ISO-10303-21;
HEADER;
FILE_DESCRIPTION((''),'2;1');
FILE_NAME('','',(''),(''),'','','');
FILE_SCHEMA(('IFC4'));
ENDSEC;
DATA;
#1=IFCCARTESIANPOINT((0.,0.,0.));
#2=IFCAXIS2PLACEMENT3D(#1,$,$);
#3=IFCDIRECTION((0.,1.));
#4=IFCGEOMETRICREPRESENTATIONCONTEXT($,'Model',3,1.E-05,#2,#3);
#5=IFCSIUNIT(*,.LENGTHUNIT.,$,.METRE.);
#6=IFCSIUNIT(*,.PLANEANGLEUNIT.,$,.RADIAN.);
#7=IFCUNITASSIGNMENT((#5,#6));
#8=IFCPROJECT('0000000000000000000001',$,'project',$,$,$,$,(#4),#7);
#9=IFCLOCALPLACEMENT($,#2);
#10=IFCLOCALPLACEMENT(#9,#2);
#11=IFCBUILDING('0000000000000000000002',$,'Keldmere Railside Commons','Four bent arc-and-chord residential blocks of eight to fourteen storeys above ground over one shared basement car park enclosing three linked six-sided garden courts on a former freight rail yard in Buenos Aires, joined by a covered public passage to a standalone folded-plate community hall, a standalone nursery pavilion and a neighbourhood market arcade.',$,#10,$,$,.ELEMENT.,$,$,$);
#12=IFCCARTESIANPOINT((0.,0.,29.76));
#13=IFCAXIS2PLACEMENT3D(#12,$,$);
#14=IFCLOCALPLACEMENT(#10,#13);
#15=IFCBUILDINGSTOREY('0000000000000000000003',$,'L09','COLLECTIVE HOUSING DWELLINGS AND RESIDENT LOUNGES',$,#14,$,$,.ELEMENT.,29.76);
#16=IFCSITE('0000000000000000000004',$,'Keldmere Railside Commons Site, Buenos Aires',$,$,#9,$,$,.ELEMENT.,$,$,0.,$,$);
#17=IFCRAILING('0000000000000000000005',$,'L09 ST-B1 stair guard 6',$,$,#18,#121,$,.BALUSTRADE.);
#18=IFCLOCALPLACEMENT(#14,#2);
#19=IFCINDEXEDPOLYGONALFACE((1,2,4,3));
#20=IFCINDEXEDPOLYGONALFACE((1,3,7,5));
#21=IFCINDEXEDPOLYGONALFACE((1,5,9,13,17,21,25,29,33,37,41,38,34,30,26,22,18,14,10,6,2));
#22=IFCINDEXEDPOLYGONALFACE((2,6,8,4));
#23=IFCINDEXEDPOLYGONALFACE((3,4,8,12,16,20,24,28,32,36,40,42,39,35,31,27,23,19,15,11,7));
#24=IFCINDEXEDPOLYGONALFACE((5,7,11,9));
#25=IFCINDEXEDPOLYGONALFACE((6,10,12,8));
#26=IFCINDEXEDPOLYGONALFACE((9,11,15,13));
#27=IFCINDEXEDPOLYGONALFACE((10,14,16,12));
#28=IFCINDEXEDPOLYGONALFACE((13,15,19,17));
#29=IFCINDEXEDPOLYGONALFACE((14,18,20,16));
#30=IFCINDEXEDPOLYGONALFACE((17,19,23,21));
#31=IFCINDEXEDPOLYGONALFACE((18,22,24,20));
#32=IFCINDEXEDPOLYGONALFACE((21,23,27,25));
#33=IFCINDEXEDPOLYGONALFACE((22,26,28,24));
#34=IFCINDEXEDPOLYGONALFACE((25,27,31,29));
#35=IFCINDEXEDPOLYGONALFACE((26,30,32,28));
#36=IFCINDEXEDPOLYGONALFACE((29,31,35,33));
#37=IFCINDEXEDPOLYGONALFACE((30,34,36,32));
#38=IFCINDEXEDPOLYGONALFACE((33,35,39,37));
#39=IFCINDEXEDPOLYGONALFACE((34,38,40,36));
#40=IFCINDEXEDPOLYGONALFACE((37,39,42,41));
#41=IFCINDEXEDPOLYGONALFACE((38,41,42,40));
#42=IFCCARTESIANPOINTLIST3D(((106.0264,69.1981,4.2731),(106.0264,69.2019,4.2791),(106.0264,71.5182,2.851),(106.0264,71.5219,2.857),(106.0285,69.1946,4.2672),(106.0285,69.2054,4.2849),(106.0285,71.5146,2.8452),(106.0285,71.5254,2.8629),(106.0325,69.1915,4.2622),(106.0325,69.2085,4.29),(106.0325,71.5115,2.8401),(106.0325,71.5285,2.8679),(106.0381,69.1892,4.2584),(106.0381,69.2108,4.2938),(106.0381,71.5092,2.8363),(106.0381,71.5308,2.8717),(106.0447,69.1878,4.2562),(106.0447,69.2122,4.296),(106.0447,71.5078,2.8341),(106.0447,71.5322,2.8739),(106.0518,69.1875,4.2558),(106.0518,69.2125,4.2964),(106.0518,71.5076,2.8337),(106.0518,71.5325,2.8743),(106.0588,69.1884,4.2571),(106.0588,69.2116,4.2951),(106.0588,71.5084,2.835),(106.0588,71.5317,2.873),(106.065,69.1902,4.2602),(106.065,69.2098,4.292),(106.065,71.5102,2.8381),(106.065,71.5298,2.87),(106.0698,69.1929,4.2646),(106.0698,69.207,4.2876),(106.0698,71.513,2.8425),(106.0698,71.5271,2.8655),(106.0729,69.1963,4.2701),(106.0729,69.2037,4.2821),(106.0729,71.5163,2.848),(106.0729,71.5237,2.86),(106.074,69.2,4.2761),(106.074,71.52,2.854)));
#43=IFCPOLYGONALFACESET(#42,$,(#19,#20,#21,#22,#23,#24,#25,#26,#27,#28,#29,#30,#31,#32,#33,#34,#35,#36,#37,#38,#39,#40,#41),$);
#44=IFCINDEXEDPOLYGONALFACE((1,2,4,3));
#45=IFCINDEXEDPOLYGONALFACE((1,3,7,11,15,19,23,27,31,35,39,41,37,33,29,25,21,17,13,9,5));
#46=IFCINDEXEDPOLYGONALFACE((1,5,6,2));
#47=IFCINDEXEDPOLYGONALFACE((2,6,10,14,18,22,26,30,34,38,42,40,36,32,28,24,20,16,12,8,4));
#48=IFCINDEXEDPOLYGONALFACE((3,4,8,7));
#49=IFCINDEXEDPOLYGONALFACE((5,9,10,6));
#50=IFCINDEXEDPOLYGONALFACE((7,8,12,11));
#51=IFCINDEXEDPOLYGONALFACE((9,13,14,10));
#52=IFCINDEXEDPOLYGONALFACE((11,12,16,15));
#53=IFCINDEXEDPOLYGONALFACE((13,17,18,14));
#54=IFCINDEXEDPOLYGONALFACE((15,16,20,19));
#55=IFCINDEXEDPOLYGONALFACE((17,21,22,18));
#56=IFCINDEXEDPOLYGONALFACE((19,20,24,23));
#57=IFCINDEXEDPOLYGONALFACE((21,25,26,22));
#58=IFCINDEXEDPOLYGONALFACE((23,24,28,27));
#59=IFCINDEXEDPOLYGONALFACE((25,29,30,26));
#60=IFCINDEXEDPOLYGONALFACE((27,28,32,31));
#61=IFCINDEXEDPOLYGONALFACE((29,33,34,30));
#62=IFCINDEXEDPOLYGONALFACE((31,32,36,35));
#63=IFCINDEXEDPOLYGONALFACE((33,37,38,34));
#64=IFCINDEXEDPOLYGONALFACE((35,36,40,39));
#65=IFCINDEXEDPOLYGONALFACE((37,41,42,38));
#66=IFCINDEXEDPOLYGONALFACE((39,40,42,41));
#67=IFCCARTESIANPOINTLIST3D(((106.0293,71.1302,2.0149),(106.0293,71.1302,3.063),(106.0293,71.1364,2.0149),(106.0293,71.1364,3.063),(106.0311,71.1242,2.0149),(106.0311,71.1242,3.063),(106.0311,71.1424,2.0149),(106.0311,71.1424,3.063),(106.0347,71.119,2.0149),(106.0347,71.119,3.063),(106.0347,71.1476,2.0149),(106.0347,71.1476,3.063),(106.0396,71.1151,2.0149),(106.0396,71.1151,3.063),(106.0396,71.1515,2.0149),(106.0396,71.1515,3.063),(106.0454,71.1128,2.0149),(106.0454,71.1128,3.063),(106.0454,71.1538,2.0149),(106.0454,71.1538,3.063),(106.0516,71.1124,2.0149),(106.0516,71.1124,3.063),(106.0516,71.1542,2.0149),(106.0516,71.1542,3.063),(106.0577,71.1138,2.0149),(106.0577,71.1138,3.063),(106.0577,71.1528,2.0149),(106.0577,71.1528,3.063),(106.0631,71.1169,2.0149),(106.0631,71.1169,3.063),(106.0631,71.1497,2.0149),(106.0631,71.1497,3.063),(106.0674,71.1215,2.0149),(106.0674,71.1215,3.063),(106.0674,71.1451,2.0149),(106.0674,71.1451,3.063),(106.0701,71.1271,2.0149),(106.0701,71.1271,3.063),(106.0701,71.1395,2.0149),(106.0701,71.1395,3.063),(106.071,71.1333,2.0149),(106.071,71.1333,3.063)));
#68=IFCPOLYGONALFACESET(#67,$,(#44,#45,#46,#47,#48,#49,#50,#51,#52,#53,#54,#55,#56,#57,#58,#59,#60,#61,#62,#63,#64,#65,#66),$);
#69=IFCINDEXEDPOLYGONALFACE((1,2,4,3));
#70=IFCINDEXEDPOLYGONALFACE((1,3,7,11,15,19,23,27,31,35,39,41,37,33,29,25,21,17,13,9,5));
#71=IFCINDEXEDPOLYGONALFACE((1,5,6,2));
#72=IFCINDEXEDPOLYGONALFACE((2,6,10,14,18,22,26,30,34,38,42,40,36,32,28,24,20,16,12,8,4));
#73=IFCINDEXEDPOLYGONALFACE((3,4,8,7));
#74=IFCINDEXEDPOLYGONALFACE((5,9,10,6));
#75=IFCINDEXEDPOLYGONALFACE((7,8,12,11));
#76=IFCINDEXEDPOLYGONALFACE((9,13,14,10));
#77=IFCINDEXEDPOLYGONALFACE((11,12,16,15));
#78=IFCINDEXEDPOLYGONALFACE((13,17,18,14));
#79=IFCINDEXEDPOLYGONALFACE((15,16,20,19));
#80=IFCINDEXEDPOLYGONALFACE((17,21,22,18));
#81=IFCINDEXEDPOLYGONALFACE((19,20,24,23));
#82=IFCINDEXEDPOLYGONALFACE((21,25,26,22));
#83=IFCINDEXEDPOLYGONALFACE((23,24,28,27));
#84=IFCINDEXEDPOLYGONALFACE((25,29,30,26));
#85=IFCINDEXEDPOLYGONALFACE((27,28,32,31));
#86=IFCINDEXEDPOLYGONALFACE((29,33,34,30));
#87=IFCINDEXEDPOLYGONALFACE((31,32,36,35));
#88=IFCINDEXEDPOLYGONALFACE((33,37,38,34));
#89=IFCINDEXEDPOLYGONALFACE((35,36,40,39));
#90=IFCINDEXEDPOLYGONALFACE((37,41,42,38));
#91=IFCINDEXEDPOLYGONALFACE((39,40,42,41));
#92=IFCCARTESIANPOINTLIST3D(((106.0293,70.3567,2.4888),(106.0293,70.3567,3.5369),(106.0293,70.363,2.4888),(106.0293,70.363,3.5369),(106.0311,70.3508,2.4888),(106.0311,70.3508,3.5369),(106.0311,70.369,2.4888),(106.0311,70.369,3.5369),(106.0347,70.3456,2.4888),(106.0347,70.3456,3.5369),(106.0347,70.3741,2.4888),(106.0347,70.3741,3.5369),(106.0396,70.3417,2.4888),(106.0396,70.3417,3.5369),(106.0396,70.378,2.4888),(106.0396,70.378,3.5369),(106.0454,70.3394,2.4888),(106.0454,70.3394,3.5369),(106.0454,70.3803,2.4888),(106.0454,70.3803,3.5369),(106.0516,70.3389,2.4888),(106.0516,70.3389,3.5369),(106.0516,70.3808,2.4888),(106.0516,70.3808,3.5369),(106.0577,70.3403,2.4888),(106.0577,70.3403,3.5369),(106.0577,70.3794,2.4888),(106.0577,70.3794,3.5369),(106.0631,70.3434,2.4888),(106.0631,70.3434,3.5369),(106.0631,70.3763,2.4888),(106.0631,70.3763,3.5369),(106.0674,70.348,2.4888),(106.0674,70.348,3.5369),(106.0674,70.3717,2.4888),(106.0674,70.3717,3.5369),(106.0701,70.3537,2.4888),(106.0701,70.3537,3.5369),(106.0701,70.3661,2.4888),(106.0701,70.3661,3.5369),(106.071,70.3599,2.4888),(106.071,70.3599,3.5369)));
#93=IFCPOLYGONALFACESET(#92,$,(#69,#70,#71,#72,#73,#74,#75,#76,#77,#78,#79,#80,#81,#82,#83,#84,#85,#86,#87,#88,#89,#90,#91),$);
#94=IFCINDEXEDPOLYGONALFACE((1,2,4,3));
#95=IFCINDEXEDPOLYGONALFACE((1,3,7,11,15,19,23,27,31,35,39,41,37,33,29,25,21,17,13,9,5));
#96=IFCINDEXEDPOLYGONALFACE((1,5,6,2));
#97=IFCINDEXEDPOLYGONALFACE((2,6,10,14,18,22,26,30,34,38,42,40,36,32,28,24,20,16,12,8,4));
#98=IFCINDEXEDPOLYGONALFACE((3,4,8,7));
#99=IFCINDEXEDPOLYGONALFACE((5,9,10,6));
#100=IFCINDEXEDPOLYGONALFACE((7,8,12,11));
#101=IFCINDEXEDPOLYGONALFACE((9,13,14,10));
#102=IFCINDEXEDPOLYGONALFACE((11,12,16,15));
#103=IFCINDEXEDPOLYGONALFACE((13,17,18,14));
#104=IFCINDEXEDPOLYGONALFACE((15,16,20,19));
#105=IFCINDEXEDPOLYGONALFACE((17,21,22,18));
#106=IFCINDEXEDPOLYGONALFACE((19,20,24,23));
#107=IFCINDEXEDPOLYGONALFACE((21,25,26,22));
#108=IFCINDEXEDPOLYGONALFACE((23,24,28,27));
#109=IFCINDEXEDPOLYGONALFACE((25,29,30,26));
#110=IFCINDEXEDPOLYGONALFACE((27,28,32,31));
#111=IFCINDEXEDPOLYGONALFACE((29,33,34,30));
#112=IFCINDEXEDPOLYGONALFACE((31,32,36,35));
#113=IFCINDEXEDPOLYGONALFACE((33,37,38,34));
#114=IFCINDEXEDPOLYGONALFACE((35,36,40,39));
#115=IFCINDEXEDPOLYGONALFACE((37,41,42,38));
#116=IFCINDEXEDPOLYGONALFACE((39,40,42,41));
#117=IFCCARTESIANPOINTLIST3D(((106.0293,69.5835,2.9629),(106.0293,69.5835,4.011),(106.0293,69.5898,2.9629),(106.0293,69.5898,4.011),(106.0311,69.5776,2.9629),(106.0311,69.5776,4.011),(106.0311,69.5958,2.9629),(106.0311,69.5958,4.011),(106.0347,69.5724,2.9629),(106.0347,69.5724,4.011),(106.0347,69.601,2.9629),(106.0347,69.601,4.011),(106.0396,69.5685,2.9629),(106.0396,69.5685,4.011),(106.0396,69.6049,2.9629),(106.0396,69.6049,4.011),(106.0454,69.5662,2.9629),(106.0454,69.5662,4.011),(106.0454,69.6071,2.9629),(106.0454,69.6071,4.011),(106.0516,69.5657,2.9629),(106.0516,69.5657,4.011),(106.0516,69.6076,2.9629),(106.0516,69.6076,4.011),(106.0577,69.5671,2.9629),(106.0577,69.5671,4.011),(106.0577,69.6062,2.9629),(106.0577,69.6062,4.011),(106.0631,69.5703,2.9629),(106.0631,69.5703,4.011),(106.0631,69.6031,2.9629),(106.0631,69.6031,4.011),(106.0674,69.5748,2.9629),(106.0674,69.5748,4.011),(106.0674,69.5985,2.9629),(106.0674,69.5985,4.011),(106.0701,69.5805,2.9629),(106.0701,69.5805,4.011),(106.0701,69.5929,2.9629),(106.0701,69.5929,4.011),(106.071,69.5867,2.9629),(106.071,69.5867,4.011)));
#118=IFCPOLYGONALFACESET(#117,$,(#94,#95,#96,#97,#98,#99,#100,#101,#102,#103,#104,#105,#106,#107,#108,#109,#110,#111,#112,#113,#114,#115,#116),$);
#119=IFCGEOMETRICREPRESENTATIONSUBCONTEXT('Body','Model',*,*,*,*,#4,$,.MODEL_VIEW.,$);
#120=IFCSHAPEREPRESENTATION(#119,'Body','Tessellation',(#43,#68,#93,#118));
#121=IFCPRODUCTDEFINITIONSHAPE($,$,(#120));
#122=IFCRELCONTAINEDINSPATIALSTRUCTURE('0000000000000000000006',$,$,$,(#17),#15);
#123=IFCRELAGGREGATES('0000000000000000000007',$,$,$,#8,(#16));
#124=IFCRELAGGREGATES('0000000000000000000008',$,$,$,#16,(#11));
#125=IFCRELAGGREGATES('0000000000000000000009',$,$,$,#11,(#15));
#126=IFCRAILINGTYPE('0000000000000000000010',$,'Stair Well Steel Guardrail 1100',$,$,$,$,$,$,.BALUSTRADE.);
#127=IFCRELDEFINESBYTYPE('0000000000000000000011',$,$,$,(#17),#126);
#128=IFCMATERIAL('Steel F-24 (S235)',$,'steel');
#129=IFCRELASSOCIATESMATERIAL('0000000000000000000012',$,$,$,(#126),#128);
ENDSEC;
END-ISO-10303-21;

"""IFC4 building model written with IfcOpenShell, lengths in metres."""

from ifc_helpers import new_model, si_unit, direction, frame, origin, origin_2d, place, context, subcontext, project, spatial, circle, extrude, material, type_object, element, save


model = new_model("IFC4")

# Units and contexts
model_context = context("Model", 3, precision=1e-05, world=origin(), true_north=direction((0.0, 1.0)))
body_context = subcontext(model_context, "Body", "Model", "MODEL_VIEW")
ifc_project = project(units=[si_unit("LENGTHUNIT", "METRE"), si_unit("PLANEANGLEUNIT", "RADIAN")], contexts=[model_context])

# Site, building, storey
site_placement = place(None, origin())
site = spatial("IfcSite", under=ifc_project, at=site_placement, Name="Keldmere Railside Commons Site, Buenos Aires", CompositionType="ELEMENT", RefElevation=0.0)
building_placement = place(site_placement, origin())
building = spatial("IfcBuilding", under=site, at=building_placement, Name="Keldmere Railside Commons", Description="Four bent arc-and-chord residential blocks of eight to fourteen storeys above ground over one shared basement car park enclosing three linked six-sided garden courts on a former freight rail yard in Buenos Aires, joined by a covered public passage to a standalone folded-plate community hall, a standalone nursery pavilion and a neighbourhood market arcade.", CompositionType="ELEMENT")
storey_placement = place(building_placement, frame((0.0, 0.0, 29.76)))
storey = spatial("IfcBuildingStorey", under=building, at=storey_placement, Name="L09", Description="COLLECTIVE HOUSING DWELLINGS AND RESIDENT LOUNGES", CompositionType="ELEMENT", Elevation=29.76)

# Shared definitions
ifc_material_1 = material(Name="Steel F-24 (S235)", Category="steel")

# Railing
railing_type_1 = type_object("IfcRailingType", Name="Stair Well Steel Guardrail 1100", PredefinedType="BALUSTRADE", material=ifc_material_1)
railing_1_placement = place(storey_placement, frame((106.05, 71.52, 1.7778)))
element("IfcRailing", 1, at=railing_1_placement, inside=storey, type_object=railing_type_1, Name="L09 ST-B1 stair guard 6", PredefinedType="BALUSTRADE", context=body_context, shape_type="SweptSolid", body=[
    extrude(circle(Radius=0.0239, at=origin_2d()), frame((0.0, 0.0, 1.0762), z_axis=(0.0, -0.852578, 0.5226), x_axis=(1.0, 0.0, 0.0)), (0.0, 0.0, 1.0), 2.7212),
    extrude(circle(Radius=0.021, at=origin_2d()), frame((0.0, -0.3867, 0.2371)), (0.0, 0.0, 1.0), 1.0481),
    extrude(circle(Radius=0.021, at=origin_2d()), frame((0.0, -1.1602, 0.7109)), (0.0, 0.0, 1.0), 1.0481),
    extrude(circle(Radius=0.021, at=origin_2d()), frame((0.0, -1.9333, 1.1851)), (0.0, 0.0, 1.0), 1.0481),
])

save(model, "model.ifc")
